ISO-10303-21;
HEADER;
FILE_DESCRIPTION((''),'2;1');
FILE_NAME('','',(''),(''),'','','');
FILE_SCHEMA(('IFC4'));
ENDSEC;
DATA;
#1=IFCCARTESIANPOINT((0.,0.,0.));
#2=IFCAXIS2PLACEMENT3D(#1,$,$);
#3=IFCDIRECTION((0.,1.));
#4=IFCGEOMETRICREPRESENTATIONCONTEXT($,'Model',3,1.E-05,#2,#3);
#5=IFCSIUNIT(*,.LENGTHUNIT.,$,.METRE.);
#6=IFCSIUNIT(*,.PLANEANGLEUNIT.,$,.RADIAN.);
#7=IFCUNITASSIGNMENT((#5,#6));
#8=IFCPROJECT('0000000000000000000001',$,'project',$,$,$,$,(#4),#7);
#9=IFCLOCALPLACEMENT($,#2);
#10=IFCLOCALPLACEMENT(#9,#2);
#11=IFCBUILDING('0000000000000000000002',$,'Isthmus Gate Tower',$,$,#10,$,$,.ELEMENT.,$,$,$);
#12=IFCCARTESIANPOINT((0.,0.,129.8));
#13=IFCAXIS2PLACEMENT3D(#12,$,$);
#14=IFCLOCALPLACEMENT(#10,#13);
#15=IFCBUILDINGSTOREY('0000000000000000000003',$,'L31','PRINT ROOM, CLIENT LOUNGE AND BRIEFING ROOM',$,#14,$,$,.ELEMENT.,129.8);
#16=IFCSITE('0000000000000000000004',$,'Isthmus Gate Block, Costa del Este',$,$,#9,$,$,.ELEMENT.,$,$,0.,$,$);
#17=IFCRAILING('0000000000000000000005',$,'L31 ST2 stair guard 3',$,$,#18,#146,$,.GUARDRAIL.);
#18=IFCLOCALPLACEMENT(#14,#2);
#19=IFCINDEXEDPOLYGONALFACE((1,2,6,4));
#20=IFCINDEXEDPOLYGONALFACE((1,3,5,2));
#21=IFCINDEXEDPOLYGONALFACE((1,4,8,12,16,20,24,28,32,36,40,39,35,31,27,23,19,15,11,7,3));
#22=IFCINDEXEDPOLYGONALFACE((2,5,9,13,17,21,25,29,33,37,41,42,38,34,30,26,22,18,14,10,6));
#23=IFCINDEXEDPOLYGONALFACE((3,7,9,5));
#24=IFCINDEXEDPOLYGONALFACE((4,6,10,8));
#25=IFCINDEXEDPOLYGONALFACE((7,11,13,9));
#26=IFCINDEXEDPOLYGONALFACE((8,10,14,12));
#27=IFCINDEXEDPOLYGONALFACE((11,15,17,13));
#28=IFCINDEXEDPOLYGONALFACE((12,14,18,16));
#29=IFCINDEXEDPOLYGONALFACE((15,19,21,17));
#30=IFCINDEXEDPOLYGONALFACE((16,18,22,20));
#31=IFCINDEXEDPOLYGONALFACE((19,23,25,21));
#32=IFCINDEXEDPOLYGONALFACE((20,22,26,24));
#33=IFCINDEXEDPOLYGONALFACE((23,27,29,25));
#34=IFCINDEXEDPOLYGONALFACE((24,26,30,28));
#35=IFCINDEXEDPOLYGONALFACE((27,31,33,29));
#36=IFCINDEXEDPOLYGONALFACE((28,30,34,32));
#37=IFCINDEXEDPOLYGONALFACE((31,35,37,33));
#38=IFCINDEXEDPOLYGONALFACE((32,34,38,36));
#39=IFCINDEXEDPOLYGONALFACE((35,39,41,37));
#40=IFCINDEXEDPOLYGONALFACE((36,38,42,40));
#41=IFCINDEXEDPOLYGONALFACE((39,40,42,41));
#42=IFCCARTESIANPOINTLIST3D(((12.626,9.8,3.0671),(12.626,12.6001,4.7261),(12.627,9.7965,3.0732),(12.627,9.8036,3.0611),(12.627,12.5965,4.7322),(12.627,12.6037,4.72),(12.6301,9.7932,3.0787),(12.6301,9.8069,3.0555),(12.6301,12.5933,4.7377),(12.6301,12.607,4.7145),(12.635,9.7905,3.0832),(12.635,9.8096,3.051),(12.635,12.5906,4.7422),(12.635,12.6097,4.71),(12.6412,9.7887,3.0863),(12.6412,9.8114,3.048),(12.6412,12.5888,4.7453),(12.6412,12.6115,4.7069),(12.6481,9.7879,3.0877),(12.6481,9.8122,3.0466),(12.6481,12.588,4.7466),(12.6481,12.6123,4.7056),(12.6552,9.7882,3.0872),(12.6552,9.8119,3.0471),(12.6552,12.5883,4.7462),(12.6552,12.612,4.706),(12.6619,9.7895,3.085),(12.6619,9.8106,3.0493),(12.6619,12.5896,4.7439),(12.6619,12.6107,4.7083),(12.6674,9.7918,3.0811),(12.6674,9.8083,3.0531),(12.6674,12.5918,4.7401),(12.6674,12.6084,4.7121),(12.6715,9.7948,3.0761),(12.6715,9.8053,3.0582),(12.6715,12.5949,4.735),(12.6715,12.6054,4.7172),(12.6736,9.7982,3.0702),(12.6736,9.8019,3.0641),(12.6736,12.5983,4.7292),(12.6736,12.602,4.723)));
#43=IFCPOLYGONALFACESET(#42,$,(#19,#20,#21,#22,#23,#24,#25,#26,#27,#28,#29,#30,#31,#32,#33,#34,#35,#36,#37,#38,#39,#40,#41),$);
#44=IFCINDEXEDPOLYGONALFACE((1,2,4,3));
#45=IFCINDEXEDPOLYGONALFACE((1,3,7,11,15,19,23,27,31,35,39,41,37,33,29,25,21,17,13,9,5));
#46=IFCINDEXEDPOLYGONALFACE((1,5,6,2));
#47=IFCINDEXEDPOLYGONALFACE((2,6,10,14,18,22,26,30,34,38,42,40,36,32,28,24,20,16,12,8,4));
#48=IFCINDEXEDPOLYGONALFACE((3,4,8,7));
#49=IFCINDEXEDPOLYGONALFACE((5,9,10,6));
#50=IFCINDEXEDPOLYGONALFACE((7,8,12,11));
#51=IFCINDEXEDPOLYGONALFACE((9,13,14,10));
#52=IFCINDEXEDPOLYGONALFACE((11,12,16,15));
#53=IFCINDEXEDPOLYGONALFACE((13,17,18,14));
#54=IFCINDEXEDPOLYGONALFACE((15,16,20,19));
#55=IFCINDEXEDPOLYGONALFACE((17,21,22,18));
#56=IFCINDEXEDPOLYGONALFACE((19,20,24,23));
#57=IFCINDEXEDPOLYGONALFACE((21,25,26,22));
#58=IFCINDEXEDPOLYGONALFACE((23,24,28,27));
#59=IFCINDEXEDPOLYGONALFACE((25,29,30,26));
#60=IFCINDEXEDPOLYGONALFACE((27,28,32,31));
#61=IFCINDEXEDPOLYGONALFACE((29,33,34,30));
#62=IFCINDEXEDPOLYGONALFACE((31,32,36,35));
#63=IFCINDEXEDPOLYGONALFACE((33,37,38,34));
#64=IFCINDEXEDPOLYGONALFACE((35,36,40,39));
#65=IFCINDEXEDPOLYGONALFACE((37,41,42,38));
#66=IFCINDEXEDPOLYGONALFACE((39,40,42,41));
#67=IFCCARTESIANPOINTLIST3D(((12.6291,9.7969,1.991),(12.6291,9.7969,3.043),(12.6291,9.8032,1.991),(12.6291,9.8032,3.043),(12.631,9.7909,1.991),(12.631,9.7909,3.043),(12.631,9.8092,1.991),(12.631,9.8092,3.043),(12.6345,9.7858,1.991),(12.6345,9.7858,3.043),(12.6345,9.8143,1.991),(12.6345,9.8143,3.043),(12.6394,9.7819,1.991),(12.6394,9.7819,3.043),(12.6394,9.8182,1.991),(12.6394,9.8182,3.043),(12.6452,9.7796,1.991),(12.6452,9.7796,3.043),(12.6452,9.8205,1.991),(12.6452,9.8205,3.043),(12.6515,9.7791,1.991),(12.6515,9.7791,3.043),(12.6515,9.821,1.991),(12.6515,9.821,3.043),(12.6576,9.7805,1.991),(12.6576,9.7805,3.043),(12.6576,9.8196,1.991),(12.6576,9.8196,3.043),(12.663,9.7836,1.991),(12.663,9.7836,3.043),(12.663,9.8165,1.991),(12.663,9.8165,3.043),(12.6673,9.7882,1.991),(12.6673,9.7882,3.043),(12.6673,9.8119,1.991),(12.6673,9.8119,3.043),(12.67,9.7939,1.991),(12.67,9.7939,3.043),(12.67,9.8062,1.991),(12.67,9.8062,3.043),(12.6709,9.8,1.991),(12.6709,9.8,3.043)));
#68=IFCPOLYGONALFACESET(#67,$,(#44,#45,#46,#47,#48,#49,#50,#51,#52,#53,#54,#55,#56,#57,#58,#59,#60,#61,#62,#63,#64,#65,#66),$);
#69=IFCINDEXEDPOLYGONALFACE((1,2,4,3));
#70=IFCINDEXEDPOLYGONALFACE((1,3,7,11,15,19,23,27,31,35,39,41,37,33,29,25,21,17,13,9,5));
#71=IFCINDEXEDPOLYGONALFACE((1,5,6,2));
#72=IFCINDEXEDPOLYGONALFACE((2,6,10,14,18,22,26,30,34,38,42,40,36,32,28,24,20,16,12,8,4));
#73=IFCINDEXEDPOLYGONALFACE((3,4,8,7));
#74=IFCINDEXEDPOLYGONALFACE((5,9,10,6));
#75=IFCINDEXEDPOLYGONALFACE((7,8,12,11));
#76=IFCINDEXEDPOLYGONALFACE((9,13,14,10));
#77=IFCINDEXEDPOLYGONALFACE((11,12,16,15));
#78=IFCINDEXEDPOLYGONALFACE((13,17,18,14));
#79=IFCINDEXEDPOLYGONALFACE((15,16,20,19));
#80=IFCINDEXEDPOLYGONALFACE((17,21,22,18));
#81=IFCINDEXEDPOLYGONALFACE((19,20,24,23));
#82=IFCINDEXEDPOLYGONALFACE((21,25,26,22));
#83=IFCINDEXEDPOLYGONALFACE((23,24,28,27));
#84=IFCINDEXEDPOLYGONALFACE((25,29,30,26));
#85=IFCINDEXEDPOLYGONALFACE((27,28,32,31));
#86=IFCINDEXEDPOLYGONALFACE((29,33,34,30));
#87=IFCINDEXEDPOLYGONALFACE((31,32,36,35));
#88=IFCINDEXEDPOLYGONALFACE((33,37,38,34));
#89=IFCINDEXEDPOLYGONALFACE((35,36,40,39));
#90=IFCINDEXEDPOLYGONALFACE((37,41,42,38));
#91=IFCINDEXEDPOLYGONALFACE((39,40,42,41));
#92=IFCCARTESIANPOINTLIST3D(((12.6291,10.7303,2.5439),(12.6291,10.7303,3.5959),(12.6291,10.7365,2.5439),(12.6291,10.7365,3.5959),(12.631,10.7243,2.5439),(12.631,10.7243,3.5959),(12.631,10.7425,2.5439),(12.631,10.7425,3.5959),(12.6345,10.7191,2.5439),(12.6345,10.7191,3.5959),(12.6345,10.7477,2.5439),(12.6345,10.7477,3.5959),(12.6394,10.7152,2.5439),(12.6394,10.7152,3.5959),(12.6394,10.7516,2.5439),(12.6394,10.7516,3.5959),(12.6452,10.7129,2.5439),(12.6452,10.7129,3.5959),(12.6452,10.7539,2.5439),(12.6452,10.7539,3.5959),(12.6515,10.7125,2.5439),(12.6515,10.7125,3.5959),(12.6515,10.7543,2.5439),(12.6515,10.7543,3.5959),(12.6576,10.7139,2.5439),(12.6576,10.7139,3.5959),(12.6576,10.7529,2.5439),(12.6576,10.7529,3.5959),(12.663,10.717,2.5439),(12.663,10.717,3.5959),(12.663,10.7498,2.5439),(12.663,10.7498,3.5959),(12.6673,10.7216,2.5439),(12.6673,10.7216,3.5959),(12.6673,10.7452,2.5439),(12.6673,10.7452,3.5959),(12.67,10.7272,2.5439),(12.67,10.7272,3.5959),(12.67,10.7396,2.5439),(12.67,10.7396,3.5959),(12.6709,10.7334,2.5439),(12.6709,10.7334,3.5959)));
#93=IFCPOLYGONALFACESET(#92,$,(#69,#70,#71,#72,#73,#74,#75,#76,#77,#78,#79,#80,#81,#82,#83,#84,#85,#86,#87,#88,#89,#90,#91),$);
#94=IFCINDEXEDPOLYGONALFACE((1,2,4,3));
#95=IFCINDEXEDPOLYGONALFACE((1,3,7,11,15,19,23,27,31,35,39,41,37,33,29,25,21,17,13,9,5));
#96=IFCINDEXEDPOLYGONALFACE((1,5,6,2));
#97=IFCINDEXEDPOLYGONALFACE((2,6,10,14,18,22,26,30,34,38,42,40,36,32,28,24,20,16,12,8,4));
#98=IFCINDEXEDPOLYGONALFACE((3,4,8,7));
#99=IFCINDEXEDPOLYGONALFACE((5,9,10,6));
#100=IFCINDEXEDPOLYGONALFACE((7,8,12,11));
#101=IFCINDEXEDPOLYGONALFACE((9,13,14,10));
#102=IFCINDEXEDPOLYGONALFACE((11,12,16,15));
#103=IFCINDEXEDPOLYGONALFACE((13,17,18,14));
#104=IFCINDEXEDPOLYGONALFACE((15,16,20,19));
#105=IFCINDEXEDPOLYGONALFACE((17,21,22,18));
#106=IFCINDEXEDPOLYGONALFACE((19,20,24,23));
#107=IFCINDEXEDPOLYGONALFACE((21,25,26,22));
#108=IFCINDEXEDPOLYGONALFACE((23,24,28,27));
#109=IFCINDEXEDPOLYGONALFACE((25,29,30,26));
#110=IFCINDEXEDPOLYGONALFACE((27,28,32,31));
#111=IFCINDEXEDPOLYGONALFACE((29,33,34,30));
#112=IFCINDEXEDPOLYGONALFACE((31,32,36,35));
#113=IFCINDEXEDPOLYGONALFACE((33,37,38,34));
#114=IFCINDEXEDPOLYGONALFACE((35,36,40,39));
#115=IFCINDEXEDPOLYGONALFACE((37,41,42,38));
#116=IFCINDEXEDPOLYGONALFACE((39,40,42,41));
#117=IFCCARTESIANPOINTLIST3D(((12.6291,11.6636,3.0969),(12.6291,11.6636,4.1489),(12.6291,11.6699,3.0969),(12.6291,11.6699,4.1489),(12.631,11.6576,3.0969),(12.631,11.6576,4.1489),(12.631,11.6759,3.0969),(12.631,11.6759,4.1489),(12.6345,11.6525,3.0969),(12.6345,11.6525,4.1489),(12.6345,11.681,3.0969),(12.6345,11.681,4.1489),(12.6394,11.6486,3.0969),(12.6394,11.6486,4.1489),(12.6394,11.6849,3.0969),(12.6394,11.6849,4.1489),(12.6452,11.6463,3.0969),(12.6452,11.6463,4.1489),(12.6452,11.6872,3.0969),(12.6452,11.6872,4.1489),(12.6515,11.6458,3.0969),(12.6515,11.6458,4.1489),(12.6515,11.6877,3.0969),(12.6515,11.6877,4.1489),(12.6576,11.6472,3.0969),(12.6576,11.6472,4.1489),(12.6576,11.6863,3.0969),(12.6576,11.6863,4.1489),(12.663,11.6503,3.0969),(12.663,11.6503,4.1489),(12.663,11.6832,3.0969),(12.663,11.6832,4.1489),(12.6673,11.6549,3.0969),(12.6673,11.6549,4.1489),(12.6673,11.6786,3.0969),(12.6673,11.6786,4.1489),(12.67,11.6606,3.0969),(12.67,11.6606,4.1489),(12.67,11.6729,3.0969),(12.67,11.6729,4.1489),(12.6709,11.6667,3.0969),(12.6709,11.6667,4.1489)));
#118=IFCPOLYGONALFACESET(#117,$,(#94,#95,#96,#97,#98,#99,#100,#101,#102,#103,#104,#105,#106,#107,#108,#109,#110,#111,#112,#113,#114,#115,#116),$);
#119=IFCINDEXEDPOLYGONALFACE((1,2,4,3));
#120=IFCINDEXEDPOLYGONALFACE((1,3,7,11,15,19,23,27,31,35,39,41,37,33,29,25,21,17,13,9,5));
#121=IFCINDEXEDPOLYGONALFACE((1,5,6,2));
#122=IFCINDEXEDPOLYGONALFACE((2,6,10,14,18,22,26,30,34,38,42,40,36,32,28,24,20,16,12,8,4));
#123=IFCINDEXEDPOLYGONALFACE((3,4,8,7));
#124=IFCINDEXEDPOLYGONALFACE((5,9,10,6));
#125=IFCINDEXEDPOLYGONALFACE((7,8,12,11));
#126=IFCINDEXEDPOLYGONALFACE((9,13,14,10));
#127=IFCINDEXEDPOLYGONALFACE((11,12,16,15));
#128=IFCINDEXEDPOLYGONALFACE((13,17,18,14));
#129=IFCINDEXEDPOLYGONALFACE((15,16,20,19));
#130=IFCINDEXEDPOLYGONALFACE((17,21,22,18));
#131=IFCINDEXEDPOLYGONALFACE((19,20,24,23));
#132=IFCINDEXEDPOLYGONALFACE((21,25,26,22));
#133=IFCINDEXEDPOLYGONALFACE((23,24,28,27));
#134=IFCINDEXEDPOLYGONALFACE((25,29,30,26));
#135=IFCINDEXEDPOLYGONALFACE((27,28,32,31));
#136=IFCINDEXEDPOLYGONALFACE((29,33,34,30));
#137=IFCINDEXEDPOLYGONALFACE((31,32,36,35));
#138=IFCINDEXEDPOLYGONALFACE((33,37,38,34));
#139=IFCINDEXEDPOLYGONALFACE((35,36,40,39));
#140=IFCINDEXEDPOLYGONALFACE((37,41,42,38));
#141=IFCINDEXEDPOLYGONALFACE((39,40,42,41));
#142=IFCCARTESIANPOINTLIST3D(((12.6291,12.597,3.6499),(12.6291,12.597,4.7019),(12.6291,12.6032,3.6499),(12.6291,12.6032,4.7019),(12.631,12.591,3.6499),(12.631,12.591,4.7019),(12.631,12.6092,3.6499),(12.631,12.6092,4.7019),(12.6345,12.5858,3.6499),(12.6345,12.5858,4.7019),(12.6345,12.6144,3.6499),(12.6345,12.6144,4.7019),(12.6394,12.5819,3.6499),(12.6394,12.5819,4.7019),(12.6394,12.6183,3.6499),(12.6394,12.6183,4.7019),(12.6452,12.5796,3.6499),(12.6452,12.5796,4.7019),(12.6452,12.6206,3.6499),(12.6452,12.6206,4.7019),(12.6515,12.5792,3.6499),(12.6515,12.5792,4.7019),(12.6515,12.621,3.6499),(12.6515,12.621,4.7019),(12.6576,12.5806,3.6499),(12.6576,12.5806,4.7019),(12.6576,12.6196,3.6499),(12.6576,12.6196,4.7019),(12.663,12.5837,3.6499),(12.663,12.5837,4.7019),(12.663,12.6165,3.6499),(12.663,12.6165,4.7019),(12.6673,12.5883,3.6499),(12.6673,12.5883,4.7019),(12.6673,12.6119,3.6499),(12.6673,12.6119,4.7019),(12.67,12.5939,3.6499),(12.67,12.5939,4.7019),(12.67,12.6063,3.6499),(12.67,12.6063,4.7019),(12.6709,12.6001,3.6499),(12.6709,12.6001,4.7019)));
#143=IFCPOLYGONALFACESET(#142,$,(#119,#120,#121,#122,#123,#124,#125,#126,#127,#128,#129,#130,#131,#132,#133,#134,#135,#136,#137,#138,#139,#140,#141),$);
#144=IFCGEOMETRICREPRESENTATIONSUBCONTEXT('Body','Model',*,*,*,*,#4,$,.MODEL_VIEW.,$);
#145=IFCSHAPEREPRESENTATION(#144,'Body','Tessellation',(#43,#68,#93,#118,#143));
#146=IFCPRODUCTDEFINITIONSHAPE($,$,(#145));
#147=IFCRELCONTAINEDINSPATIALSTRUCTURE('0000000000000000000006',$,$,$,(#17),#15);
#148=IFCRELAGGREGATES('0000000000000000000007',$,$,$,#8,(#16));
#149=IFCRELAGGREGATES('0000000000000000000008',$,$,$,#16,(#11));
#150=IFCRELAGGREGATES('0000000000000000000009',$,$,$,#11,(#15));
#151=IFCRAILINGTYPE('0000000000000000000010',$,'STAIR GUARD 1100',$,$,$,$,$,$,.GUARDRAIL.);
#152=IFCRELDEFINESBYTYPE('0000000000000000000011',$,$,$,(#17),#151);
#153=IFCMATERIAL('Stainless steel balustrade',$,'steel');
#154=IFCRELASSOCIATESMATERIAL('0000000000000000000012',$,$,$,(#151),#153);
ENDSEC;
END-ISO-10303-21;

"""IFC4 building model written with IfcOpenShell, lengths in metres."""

from ifc_helpers import new_model, si_unit, direction, frame, origin, origin_2d, place, context, subcontext, project, spatial, circle, extrude, material, type_object, element, save


model = new_model("IFC4")

# Units and contexts
model_context = context("Model", 3, precision=1e-05, world=origin(), true_north=direction((0.0, 1.0)))
body_context = subcontext(model_context, "Body", "Model", "MODEL_VIEW")
ifc_project = project(units=[si_unit("LENGTHUNIT", "METRE"), si_unit("PLANEANGLEUNIT", "RADIAN")], contexts=[model_context])

# Site, building, storey
site_placement = place(None, origin())
site = spatial("IfcSite", under=ifc_project, at=site_placement, Name="Isthmus Gate Block, Costa del Este", CompositionType="ELEMENT", RefElevation=0.0)
building_placement = place(site_placement, origin())
building = spatial("IfcBuilding", under=site, at=building_placement, Name="Isthmus Gate Tower", CompositionType="ELEMENT")
storey_placement = place(building_placement, frame((0.0, 0.0, 129.8)))
storey = spatial("IfcBuildingStorey", under=building, at=storey_placement, Name="L31", Description="PRINT ROOM, CLIENT LOUNGE AND BRIEFING ROOM", CompositionType="ELEMENT", Elevation=129.8)

# Railing
ifc_material_1 = material(Name="Stainless steel balustrade", Category="steel")
railing_type_1 = type_object("IfcRailingType", Name="STAIR GUARD 1100", PredefinedType="GUARDRAIL", material=ifc_material_1)
railing_1_placement = place(storey_placement, frame((12.6499, 9.8, 1.991)))
element("IfcRailing", 1, at=railing_1_placement, inside=storey, type_object=railing_type_1, Name="L31 ST2 stair guard 3", PredefinedType="GUARDRAIL", context=body_context, shape_type="SweptSolid", body=[
    extrude(circle(Radius=0.0239, at=origin_2d()), frame((0.0, 0.0, 1.0762), z_axis=(0.0, 0.860339, 0.509722), x_axis=(-1.0, 0.0, 0.0)), (0.0, 0.0, 1.0), 3.2546),
    extrude(circle(Radius=0.021, at=origin_2d()), origin(), (0.0, 0.0, 1.0), 1.052),
    extrude(circle(Radius=0.021, at=origin_2d()), frame((0.0, 0.9333, 0.553)), (0.0, 0.0, 1.0), 1.052),
    extrude(circle(Radius=0.021, at=origin_2d()), frame((0.0, 1.8667, 1.106)), (0.0, 0.0, 1.0), 1.052),
    extrude(circle(Radius=0.021, at=origin_2d()), frame((0.0, 2.8, 1.6589)), (0.0, 0.0, 1.0), 1.052),
])

save(model, "model.ifc")
